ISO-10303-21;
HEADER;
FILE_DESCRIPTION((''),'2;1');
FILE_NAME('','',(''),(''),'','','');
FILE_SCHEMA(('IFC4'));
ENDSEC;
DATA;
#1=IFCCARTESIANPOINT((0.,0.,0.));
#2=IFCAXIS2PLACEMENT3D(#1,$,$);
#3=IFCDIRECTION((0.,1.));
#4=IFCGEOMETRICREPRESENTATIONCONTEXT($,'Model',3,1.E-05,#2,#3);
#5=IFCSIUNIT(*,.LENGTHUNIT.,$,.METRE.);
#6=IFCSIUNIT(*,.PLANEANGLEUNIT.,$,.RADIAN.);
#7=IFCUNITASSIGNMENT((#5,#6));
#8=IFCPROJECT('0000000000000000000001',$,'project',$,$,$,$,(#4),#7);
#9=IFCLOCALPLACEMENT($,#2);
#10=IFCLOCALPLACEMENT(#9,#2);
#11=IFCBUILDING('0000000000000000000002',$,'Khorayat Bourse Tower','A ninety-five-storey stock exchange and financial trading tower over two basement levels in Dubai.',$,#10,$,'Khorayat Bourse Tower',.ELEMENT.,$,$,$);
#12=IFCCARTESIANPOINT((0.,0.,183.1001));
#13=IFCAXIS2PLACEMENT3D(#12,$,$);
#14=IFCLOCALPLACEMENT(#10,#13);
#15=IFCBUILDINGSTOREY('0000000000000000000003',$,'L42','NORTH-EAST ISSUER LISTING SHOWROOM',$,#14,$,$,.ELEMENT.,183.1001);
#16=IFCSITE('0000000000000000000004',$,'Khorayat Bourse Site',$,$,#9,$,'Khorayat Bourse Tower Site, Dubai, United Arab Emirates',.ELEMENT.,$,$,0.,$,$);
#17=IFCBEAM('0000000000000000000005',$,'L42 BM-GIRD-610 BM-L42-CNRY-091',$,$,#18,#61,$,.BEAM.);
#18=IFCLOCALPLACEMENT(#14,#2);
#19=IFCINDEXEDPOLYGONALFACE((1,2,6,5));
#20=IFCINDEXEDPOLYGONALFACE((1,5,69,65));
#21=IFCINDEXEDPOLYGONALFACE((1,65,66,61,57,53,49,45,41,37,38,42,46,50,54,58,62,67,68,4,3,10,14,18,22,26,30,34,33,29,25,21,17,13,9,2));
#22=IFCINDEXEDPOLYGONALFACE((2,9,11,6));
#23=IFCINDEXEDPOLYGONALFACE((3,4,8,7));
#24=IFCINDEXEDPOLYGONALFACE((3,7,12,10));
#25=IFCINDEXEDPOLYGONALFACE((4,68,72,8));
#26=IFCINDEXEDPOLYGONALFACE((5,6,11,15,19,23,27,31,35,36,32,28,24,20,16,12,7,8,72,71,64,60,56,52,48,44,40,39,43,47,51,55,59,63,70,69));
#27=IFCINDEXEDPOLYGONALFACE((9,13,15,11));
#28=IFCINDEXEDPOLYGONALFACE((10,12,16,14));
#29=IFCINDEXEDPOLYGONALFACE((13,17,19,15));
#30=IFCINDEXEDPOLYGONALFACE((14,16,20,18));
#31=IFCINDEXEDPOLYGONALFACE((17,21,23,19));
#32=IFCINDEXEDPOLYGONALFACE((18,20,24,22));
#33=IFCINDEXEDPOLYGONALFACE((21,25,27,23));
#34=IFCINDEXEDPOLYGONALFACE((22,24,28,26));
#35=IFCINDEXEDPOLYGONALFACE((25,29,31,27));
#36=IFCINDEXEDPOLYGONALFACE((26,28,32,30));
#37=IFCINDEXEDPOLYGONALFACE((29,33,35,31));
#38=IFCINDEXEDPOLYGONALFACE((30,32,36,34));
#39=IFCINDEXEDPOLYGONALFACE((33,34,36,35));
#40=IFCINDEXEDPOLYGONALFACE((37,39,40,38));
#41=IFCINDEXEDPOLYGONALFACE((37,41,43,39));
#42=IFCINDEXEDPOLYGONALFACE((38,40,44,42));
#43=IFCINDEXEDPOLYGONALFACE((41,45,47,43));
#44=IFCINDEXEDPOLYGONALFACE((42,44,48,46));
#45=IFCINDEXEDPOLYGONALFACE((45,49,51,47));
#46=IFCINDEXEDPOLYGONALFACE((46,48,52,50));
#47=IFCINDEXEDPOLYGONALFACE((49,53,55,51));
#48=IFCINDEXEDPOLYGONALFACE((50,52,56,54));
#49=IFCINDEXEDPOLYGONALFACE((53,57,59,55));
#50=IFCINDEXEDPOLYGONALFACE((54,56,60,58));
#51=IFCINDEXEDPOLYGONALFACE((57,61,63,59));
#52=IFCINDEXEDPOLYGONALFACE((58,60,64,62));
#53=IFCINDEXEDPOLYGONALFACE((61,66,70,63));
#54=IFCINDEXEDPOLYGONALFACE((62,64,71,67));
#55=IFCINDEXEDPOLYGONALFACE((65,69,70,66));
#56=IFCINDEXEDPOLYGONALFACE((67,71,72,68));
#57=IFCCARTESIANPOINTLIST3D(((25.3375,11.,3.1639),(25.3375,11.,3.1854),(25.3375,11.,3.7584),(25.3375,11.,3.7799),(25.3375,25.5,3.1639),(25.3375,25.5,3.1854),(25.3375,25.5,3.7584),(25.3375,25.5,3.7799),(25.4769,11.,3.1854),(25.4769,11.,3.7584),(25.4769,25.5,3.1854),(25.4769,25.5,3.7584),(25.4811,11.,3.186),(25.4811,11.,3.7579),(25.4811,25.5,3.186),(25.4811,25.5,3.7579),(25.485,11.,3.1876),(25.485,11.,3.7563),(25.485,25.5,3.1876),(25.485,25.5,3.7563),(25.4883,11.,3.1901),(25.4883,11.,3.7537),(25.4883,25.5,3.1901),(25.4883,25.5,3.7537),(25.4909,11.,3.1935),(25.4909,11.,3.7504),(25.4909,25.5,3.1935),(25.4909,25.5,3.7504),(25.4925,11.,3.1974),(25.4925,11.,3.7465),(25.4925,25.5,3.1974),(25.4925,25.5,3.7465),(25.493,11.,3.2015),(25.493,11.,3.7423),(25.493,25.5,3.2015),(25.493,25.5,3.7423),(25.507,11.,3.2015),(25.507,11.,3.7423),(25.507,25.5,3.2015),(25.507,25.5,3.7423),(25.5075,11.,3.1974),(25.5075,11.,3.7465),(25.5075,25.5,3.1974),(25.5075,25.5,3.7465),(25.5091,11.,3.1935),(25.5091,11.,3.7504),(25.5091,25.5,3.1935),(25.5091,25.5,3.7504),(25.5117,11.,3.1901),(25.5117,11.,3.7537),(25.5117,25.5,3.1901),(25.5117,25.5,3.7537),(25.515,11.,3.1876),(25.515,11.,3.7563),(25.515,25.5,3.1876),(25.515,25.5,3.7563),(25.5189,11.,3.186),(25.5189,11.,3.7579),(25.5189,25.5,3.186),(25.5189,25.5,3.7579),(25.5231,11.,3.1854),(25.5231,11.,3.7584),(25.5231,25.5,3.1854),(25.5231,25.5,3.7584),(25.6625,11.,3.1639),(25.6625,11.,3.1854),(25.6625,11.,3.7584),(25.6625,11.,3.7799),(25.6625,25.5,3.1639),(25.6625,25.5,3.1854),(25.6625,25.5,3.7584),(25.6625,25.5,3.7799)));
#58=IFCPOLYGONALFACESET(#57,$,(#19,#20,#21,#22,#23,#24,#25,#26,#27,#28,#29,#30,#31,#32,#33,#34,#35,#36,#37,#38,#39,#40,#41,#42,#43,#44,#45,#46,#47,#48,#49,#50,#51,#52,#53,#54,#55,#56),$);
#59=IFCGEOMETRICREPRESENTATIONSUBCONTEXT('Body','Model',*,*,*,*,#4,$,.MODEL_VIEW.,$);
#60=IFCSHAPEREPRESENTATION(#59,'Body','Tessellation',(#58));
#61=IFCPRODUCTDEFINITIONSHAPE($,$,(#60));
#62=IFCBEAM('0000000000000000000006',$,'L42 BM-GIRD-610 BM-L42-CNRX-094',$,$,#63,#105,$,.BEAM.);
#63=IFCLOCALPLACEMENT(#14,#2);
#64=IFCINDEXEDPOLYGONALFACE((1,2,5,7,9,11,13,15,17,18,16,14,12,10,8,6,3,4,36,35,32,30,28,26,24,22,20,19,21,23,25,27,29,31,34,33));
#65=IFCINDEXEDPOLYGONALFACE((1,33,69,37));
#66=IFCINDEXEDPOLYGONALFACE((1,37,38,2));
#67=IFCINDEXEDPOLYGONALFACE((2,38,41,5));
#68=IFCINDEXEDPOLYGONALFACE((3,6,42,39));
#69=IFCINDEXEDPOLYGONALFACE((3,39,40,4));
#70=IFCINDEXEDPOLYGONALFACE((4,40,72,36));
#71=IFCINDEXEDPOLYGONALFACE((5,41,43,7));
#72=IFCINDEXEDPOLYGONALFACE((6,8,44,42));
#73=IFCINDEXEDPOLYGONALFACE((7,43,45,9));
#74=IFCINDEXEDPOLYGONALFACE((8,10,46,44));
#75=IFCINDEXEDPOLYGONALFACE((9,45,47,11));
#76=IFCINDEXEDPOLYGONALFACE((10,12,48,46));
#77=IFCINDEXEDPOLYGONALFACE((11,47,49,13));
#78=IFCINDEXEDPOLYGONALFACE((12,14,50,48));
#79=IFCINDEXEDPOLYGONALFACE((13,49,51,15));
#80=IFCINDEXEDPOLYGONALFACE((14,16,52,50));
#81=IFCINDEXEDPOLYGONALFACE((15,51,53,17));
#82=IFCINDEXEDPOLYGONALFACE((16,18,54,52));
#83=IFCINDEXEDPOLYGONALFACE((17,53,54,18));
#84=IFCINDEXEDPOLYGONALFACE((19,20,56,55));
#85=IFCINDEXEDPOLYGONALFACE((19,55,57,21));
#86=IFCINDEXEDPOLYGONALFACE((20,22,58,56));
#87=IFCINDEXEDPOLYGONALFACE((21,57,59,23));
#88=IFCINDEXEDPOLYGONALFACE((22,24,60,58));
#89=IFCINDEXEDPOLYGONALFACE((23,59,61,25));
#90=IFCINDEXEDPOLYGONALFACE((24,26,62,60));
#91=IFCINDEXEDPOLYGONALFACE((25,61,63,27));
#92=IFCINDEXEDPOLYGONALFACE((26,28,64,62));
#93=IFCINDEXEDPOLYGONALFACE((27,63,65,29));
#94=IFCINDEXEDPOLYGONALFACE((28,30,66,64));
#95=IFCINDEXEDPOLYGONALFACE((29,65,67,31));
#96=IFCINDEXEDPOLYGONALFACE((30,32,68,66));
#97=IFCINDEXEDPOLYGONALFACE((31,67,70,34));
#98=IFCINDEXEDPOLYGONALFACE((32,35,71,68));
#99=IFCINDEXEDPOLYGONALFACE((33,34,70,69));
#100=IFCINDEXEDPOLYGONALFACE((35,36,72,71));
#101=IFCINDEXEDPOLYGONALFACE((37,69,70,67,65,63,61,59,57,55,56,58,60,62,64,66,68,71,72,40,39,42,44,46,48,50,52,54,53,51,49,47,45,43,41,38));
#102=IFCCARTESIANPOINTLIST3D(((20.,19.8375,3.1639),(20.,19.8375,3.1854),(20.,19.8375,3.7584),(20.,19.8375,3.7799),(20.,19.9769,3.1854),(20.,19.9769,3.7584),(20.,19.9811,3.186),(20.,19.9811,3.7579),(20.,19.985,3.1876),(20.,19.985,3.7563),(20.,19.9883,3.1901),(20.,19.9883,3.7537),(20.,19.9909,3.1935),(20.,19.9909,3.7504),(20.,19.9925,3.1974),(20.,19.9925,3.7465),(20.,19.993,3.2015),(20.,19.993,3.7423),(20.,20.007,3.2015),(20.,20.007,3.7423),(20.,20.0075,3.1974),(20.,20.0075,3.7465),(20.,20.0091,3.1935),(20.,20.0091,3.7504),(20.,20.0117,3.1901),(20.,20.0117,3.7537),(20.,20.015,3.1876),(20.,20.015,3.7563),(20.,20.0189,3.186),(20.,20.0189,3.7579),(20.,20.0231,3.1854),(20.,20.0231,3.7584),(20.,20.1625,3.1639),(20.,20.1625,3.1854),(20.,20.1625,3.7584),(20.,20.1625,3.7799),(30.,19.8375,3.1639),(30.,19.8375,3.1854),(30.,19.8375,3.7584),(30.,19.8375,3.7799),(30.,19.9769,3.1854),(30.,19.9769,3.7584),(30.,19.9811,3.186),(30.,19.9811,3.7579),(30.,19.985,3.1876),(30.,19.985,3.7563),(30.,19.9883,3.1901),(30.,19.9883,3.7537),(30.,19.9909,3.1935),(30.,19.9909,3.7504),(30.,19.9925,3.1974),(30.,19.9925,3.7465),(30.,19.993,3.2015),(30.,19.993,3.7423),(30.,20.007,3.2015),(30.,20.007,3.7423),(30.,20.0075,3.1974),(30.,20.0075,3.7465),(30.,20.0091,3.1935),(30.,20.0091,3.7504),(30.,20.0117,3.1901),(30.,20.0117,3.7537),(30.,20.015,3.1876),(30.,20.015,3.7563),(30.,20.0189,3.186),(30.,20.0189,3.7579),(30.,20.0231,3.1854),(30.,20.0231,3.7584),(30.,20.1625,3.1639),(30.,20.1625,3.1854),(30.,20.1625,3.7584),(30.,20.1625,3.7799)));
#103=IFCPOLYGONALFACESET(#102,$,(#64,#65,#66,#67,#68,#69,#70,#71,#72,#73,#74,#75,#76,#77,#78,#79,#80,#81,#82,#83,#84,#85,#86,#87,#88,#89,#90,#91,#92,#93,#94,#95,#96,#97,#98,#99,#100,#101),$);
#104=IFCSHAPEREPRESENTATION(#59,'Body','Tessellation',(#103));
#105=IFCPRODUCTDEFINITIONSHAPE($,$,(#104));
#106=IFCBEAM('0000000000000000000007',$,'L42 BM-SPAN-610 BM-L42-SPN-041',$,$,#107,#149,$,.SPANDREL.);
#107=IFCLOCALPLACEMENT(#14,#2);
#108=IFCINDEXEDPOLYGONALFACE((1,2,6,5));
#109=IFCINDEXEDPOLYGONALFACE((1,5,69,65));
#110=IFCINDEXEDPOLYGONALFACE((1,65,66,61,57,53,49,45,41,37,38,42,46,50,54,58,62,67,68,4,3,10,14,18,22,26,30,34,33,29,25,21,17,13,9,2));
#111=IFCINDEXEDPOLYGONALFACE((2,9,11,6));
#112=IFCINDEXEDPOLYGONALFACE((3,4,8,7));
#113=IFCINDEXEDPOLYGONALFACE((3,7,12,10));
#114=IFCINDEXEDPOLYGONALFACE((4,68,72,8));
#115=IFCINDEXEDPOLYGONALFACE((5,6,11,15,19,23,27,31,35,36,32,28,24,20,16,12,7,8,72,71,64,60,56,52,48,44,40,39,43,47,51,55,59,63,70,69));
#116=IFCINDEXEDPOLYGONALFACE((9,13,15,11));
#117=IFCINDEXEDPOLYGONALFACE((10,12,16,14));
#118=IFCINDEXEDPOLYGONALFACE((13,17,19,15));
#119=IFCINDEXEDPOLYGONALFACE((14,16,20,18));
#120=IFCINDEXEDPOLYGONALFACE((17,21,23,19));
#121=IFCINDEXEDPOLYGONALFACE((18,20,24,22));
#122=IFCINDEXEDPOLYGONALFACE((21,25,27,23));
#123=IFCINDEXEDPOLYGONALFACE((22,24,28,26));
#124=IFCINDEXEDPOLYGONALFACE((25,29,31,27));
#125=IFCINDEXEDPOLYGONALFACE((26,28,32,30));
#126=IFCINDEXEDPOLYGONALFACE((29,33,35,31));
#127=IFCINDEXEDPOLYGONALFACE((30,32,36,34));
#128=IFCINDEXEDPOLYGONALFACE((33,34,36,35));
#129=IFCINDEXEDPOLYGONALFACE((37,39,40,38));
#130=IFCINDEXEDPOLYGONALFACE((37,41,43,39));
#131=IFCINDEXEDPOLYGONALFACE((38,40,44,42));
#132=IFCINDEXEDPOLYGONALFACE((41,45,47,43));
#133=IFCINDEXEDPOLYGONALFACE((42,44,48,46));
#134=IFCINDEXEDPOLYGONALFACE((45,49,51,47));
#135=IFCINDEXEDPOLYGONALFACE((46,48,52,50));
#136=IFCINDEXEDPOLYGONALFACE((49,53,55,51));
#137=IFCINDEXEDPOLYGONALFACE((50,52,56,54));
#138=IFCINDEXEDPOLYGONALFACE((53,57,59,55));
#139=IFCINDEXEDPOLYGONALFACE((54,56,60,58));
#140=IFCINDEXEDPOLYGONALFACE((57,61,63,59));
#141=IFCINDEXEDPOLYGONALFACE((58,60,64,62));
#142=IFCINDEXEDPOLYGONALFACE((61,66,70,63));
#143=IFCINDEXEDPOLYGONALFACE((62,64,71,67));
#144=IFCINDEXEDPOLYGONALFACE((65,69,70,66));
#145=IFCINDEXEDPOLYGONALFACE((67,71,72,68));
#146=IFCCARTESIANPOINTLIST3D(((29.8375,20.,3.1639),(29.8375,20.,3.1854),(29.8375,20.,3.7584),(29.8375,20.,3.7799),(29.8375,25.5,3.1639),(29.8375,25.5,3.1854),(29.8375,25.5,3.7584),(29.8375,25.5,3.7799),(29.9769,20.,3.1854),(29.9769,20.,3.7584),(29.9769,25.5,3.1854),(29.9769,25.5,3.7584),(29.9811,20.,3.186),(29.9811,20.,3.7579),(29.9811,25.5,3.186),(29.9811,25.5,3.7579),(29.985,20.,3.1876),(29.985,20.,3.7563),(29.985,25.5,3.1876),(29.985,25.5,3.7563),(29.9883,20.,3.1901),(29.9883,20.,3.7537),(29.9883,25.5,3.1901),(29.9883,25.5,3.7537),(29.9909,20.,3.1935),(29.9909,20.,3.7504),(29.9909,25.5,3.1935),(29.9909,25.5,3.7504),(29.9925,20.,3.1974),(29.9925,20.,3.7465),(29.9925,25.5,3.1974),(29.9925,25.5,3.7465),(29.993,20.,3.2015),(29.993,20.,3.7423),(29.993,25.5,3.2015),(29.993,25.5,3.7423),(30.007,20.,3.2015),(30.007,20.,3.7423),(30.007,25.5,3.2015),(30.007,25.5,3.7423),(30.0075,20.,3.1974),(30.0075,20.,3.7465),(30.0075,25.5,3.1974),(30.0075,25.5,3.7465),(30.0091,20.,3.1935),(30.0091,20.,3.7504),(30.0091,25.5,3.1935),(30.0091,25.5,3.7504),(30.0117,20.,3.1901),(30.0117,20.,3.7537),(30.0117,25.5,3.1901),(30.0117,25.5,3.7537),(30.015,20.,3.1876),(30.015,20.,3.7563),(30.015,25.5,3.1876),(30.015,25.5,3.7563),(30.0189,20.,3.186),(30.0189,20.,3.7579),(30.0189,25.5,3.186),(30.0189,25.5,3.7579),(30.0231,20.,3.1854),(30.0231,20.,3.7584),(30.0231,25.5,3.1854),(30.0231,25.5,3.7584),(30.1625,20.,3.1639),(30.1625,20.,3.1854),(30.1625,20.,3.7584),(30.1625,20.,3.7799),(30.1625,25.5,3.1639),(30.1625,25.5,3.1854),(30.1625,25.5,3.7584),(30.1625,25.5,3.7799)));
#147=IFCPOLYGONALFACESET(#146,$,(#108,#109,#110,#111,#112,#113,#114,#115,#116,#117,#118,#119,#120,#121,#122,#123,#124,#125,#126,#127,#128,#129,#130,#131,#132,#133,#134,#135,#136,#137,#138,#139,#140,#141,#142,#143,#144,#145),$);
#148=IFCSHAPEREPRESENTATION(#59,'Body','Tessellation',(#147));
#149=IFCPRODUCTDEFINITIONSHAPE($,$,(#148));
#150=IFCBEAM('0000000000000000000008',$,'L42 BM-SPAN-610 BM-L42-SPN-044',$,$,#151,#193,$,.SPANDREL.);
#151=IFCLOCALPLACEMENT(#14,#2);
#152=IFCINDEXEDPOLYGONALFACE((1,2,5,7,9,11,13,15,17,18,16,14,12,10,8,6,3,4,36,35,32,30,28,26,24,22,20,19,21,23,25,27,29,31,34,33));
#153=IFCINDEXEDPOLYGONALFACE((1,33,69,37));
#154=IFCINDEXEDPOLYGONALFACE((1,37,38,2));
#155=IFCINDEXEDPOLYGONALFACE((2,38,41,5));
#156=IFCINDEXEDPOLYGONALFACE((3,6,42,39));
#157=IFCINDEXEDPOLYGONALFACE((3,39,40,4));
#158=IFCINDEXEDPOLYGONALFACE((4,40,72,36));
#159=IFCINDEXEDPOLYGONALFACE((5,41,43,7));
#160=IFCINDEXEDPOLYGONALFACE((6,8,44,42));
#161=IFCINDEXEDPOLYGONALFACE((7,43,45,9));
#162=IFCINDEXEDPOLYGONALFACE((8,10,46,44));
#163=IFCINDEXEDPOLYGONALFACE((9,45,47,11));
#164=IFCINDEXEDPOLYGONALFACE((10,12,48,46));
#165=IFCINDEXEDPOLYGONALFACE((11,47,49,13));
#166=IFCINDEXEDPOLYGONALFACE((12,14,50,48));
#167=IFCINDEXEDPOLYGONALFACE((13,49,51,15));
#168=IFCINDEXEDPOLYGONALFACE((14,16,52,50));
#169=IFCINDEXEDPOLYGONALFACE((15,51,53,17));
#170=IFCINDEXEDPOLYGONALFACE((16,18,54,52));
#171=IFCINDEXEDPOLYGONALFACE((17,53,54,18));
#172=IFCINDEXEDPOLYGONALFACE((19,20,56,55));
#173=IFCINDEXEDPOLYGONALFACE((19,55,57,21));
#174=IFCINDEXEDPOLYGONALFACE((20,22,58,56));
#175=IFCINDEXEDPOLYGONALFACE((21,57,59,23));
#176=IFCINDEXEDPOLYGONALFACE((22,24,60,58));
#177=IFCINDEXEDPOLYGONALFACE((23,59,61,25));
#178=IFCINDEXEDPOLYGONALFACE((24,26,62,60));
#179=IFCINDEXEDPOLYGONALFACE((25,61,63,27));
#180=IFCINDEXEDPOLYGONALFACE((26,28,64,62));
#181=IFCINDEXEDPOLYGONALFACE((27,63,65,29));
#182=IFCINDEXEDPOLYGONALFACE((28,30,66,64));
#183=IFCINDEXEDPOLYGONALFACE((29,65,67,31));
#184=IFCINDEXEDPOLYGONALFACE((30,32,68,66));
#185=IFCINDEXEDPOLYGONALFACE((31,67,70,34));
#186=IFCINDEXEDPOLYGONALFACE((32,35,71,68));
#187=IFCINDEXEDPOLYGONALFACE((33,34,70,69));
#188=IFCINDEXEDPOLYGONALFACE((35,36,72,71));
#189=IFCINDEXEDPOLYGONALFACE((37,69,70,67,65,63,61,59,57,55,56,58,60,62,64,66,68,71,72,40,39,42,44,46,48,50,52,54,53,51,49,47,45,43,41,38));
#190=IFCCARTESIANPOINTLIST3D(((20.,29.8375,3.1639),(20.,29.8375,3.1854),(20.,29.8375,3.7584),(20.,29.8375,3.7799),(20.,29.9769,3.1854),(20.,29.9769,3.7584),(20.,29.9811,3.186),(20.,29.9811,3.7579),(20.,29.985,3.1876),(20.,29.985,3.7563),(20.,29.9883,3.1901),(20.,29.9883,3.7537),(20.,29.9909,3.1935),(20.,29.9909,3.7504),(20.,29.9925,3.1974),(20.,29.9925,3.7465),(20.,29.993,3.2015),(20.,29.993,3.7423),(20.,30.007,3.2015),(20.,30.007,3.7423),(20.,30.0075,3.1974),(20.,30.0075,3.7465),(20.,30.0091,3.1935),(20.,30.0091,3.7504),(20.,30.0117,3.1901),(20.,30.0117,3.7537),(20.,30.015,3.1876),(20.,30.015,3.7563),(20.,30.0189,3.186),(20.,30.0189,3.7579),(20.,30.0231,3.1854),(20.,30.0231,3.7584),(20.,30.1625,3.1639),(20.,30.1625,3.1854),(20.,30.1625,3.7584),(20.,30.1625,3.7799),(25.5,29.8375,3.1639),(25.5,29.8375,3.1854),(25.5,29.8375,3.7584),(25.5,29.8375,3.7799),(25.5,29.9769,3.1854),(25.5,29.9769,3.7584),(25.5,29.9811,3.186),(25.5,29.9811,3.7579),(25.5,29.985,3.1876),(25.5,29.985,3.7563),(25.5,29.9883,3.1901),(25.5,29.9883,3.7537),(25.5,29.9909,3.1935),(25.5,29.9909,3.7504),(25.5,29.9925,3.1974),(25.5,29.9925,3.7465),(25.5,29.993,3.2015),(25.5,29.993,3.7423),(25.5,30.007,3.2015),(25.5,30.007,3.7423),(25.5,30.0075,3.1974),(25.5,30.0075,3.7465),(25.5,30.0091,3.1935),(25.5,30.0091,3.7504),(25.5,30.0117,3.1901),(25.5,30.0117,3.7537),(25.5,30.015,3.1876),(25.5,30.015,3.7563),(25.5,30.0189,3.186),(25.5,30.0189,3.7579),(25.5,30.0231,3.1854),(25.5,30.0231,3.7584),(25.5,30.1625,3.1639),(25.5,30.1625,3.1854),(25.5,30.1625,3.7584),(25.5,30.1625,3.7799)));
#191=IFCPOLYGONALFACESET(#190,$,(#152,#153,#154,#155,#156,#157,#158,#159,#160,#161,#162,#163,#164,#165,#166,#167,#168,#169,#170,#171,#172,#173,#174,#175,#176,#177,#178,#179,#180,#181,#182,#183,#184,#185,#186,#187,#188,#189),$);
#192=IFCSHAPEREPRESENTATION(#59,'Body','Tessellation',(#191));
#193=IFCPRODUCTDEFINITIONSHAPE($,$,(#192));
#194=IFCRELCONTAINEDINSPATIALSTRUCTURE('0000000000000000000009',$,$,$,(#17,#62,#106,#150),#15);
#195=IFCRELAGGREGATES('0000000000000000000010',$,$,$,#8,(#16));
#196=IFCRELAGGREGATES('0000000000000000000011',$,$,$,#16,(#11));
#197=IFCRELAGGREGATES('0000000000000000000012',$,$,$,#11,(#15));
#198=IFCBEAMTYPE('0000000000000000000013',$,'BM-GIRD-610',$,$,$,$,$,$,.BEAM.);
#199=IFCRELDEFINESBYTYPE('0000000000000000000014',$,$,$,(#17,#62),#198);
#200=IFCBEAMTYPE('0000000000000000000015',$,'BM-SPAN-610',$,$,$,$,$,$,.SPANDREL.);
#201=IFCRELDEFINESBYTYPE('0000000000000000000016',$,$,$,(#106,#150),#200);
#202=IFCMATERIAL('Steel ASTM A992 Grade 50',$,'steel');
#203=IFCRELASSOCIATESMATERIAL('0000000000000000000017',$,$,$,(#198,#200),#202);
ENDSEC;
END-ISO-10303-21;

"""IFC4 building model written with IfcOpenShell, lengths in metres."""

from ifc_helpers import new_model, si_unit, direction, frame, origin, origin_2d, place, context, subcontext, project, spatial, i_section, extrude, source, transform, mapped, material, material_profile, profile_set, type_object, element, save


model = new_model("IFC4")

# Units and contexts
model_context = context("Model", 3, precision=1e-05, world=origin(), true_north=direction((0.0, 1.0)))
body_context = subcontext(model_context, "Body", "Model", "MODEL_VIEW")
ifc_project = project(units=[si_unit("LENGTHUNIT", "METRE"), si_unit("PLANEANGLEUNIT", "RADIAN")], contexts=[model_context])

# Site, building, storey
site_placement = place(None, origin())
site = spatial("IfcSite", under=ifc_project, at=site_placement, Name="Khorayat Bourse Site", LongName="Khorayat Bourse Tower Site, Dubai, United Arab Emirates", CompositionType="ELEMENT", RefElevation=0.0)
building_placement = place(site_placement, origin())
building = spatial("IfcBuilding", under=site, at=building_placement, Name="Khorayat Bourse Tower", Description="A ninety-five-storey stock exchange and financial trading tower over two basement levels in Dubai.", LongName="Khorayat Bourse Tower", CompositionType="ELEMENT")
storey_placement = place(building_placement, frame((0.0, 0.0, 183.1001)))
storey = spatial("IfcBuildingStorey", under=building, at=storey_placement, Name="L42", Description="NORTH-EAST ISSUER LISTING SHOWROOM", CompositionType="ELEMENT", Elevation=183.1001)

# Beams
ifc_material_1 = material(Name="Steel ASTM A992 Grade 50", Category="steel")
ifc_material_profile_1 = material_profile(ifc_material_1, i_section(OverallWidth=0.325, OverallDepth=0.616, WebThickness=0.0139, FlangeThickness=0.0215, FilletRadius=0.0161, at=origin_2d()), Name="W610X174")
ifc_profile_set_1 = profile_set([ifc_material_profile_1], Name="Steel ASTM A992 Grade 50")
beam_type_1 = type_object("IfcBeamType", Name="BM-GIRD-610", PredefinedType="BEAM", material=ifc_profile_set_1)
shared_shape_1 = source(origin(), body_context, "Body", "SweptSolid", [
    extrude(i_section(OverallWidth=0.325, OverallDepth=0.616, WebThickness=0.0139, FlangeThickness=0.0215, FilletRadius=0.0161, at=origin_2d()), origin(), (0.0, 0.0, 1.0), 14.5),
])
beam_1_placement = place(storey_placement, frame((25.5, 11.0, 3.4719), z_axis=(0.0, 1.0, 0.0), x_axis=(-1.0, 0.0, 0.0)))
element("IfcBeam", 1, at=beam_1_placement, inside=storey, type_object=beam_type_1, Name="L42 BM-GIRD-610 BM-L42-CNRY-091", PredefinedType="BEAM", context=body_context, shape_type="MappedRepresentation", body=[
    mapped(shared_shape_1, transform((0.0, 0.0, 0.0), scale=1.0)),
])
shared_shape_2 = source(origin(), body_context, "Body", "SweptSolid", [
    extrude(i_section(OverallWidth=0.325, OverallDepth=0.616, WebThickness=0.0139, FlangeThickness=0.0215, FilletRadius=0.0161, at=origin_2d()), origin(), (0.0, 0.0, 1.0), 10.0),
])
beam_2_placement = place(storey_placement, frame((20.0, 20.0, 3.4719), z_axis=(1.0, 0.0, 0.0), x_axis=(0.0, 1.0, 0.0)))
element("IfcBeam", 2, at=beam_2_placement, inside=storey, type_object=beam_type_1, Name="L42 BM-GIRD-610 BM-L42-CNRX-094", PredefinedType="BEAM", context=body_context, shape_type="MappedRepresentation", body=[
    mapped(shared_shape_2, transform((0.0, 0.0, 0.0), scale=1.0)),
])
ifc_material_profile_2 = material_profile(ifc_material_1, i_section(OverallWidth=0.325, OverallDepth=0.616, WebThickness=0.0139, FlangeThickness=0.0215, FilletRadius=0.0161, at=origin_2d()), Name="W610X174")
ifc_profile_set_2 = profile_set([ifc_material_profile_2], Name="Steel ASTM A992 Grade 50")
beam_type_2 = type_object("IfcBeamType", Name="BM-SPAN-610", PredefinedType="SPANDREL", material=ifc_profile_set_2)
shared_shape_3 = source(origin(), body_context, "Body", "SweptSolid", [
    extrude(i_section(OverallWidth=0.325, OverallDepth=0.616, WebThickness=0.0139, FlangeThickness=0.0215, FilletRadius=0.0161, at=origin_2d()), origin(), (0.0, 0.0, 1.0), 5.5),
])
for number, where, z_axis, x_axis, name in (
    (3, (30.0, 20.0, 3.4719), (0.0, 1.0, 0.0), (-1.0, 0.0, 0.0), "L42 BM-SPAN-610 BM-L42-SPN-041"),
    (4, (20.0, 30.0, 3.4719), (1.0, 0.0, 0.0), (0.0, 1.0, 0.0), "L42 BM-SPAN-610 BM-L42-SPN-044"),
):
    element("IfcBeam", number, at=place(storey_placement, frame(where, z_axis=z_axis, x_axis=x_axis)), inside=storey, type_object=beam_type_2, Name=name, PredefinedType="SPANDREL", context=body_context, shape_type="MappedRepresentation", body=[
        mapped(shared_shape_3, transform((0.0, 0.0, 0.0), scale=1.0)),
    ])

save(model, "model.ifc")
